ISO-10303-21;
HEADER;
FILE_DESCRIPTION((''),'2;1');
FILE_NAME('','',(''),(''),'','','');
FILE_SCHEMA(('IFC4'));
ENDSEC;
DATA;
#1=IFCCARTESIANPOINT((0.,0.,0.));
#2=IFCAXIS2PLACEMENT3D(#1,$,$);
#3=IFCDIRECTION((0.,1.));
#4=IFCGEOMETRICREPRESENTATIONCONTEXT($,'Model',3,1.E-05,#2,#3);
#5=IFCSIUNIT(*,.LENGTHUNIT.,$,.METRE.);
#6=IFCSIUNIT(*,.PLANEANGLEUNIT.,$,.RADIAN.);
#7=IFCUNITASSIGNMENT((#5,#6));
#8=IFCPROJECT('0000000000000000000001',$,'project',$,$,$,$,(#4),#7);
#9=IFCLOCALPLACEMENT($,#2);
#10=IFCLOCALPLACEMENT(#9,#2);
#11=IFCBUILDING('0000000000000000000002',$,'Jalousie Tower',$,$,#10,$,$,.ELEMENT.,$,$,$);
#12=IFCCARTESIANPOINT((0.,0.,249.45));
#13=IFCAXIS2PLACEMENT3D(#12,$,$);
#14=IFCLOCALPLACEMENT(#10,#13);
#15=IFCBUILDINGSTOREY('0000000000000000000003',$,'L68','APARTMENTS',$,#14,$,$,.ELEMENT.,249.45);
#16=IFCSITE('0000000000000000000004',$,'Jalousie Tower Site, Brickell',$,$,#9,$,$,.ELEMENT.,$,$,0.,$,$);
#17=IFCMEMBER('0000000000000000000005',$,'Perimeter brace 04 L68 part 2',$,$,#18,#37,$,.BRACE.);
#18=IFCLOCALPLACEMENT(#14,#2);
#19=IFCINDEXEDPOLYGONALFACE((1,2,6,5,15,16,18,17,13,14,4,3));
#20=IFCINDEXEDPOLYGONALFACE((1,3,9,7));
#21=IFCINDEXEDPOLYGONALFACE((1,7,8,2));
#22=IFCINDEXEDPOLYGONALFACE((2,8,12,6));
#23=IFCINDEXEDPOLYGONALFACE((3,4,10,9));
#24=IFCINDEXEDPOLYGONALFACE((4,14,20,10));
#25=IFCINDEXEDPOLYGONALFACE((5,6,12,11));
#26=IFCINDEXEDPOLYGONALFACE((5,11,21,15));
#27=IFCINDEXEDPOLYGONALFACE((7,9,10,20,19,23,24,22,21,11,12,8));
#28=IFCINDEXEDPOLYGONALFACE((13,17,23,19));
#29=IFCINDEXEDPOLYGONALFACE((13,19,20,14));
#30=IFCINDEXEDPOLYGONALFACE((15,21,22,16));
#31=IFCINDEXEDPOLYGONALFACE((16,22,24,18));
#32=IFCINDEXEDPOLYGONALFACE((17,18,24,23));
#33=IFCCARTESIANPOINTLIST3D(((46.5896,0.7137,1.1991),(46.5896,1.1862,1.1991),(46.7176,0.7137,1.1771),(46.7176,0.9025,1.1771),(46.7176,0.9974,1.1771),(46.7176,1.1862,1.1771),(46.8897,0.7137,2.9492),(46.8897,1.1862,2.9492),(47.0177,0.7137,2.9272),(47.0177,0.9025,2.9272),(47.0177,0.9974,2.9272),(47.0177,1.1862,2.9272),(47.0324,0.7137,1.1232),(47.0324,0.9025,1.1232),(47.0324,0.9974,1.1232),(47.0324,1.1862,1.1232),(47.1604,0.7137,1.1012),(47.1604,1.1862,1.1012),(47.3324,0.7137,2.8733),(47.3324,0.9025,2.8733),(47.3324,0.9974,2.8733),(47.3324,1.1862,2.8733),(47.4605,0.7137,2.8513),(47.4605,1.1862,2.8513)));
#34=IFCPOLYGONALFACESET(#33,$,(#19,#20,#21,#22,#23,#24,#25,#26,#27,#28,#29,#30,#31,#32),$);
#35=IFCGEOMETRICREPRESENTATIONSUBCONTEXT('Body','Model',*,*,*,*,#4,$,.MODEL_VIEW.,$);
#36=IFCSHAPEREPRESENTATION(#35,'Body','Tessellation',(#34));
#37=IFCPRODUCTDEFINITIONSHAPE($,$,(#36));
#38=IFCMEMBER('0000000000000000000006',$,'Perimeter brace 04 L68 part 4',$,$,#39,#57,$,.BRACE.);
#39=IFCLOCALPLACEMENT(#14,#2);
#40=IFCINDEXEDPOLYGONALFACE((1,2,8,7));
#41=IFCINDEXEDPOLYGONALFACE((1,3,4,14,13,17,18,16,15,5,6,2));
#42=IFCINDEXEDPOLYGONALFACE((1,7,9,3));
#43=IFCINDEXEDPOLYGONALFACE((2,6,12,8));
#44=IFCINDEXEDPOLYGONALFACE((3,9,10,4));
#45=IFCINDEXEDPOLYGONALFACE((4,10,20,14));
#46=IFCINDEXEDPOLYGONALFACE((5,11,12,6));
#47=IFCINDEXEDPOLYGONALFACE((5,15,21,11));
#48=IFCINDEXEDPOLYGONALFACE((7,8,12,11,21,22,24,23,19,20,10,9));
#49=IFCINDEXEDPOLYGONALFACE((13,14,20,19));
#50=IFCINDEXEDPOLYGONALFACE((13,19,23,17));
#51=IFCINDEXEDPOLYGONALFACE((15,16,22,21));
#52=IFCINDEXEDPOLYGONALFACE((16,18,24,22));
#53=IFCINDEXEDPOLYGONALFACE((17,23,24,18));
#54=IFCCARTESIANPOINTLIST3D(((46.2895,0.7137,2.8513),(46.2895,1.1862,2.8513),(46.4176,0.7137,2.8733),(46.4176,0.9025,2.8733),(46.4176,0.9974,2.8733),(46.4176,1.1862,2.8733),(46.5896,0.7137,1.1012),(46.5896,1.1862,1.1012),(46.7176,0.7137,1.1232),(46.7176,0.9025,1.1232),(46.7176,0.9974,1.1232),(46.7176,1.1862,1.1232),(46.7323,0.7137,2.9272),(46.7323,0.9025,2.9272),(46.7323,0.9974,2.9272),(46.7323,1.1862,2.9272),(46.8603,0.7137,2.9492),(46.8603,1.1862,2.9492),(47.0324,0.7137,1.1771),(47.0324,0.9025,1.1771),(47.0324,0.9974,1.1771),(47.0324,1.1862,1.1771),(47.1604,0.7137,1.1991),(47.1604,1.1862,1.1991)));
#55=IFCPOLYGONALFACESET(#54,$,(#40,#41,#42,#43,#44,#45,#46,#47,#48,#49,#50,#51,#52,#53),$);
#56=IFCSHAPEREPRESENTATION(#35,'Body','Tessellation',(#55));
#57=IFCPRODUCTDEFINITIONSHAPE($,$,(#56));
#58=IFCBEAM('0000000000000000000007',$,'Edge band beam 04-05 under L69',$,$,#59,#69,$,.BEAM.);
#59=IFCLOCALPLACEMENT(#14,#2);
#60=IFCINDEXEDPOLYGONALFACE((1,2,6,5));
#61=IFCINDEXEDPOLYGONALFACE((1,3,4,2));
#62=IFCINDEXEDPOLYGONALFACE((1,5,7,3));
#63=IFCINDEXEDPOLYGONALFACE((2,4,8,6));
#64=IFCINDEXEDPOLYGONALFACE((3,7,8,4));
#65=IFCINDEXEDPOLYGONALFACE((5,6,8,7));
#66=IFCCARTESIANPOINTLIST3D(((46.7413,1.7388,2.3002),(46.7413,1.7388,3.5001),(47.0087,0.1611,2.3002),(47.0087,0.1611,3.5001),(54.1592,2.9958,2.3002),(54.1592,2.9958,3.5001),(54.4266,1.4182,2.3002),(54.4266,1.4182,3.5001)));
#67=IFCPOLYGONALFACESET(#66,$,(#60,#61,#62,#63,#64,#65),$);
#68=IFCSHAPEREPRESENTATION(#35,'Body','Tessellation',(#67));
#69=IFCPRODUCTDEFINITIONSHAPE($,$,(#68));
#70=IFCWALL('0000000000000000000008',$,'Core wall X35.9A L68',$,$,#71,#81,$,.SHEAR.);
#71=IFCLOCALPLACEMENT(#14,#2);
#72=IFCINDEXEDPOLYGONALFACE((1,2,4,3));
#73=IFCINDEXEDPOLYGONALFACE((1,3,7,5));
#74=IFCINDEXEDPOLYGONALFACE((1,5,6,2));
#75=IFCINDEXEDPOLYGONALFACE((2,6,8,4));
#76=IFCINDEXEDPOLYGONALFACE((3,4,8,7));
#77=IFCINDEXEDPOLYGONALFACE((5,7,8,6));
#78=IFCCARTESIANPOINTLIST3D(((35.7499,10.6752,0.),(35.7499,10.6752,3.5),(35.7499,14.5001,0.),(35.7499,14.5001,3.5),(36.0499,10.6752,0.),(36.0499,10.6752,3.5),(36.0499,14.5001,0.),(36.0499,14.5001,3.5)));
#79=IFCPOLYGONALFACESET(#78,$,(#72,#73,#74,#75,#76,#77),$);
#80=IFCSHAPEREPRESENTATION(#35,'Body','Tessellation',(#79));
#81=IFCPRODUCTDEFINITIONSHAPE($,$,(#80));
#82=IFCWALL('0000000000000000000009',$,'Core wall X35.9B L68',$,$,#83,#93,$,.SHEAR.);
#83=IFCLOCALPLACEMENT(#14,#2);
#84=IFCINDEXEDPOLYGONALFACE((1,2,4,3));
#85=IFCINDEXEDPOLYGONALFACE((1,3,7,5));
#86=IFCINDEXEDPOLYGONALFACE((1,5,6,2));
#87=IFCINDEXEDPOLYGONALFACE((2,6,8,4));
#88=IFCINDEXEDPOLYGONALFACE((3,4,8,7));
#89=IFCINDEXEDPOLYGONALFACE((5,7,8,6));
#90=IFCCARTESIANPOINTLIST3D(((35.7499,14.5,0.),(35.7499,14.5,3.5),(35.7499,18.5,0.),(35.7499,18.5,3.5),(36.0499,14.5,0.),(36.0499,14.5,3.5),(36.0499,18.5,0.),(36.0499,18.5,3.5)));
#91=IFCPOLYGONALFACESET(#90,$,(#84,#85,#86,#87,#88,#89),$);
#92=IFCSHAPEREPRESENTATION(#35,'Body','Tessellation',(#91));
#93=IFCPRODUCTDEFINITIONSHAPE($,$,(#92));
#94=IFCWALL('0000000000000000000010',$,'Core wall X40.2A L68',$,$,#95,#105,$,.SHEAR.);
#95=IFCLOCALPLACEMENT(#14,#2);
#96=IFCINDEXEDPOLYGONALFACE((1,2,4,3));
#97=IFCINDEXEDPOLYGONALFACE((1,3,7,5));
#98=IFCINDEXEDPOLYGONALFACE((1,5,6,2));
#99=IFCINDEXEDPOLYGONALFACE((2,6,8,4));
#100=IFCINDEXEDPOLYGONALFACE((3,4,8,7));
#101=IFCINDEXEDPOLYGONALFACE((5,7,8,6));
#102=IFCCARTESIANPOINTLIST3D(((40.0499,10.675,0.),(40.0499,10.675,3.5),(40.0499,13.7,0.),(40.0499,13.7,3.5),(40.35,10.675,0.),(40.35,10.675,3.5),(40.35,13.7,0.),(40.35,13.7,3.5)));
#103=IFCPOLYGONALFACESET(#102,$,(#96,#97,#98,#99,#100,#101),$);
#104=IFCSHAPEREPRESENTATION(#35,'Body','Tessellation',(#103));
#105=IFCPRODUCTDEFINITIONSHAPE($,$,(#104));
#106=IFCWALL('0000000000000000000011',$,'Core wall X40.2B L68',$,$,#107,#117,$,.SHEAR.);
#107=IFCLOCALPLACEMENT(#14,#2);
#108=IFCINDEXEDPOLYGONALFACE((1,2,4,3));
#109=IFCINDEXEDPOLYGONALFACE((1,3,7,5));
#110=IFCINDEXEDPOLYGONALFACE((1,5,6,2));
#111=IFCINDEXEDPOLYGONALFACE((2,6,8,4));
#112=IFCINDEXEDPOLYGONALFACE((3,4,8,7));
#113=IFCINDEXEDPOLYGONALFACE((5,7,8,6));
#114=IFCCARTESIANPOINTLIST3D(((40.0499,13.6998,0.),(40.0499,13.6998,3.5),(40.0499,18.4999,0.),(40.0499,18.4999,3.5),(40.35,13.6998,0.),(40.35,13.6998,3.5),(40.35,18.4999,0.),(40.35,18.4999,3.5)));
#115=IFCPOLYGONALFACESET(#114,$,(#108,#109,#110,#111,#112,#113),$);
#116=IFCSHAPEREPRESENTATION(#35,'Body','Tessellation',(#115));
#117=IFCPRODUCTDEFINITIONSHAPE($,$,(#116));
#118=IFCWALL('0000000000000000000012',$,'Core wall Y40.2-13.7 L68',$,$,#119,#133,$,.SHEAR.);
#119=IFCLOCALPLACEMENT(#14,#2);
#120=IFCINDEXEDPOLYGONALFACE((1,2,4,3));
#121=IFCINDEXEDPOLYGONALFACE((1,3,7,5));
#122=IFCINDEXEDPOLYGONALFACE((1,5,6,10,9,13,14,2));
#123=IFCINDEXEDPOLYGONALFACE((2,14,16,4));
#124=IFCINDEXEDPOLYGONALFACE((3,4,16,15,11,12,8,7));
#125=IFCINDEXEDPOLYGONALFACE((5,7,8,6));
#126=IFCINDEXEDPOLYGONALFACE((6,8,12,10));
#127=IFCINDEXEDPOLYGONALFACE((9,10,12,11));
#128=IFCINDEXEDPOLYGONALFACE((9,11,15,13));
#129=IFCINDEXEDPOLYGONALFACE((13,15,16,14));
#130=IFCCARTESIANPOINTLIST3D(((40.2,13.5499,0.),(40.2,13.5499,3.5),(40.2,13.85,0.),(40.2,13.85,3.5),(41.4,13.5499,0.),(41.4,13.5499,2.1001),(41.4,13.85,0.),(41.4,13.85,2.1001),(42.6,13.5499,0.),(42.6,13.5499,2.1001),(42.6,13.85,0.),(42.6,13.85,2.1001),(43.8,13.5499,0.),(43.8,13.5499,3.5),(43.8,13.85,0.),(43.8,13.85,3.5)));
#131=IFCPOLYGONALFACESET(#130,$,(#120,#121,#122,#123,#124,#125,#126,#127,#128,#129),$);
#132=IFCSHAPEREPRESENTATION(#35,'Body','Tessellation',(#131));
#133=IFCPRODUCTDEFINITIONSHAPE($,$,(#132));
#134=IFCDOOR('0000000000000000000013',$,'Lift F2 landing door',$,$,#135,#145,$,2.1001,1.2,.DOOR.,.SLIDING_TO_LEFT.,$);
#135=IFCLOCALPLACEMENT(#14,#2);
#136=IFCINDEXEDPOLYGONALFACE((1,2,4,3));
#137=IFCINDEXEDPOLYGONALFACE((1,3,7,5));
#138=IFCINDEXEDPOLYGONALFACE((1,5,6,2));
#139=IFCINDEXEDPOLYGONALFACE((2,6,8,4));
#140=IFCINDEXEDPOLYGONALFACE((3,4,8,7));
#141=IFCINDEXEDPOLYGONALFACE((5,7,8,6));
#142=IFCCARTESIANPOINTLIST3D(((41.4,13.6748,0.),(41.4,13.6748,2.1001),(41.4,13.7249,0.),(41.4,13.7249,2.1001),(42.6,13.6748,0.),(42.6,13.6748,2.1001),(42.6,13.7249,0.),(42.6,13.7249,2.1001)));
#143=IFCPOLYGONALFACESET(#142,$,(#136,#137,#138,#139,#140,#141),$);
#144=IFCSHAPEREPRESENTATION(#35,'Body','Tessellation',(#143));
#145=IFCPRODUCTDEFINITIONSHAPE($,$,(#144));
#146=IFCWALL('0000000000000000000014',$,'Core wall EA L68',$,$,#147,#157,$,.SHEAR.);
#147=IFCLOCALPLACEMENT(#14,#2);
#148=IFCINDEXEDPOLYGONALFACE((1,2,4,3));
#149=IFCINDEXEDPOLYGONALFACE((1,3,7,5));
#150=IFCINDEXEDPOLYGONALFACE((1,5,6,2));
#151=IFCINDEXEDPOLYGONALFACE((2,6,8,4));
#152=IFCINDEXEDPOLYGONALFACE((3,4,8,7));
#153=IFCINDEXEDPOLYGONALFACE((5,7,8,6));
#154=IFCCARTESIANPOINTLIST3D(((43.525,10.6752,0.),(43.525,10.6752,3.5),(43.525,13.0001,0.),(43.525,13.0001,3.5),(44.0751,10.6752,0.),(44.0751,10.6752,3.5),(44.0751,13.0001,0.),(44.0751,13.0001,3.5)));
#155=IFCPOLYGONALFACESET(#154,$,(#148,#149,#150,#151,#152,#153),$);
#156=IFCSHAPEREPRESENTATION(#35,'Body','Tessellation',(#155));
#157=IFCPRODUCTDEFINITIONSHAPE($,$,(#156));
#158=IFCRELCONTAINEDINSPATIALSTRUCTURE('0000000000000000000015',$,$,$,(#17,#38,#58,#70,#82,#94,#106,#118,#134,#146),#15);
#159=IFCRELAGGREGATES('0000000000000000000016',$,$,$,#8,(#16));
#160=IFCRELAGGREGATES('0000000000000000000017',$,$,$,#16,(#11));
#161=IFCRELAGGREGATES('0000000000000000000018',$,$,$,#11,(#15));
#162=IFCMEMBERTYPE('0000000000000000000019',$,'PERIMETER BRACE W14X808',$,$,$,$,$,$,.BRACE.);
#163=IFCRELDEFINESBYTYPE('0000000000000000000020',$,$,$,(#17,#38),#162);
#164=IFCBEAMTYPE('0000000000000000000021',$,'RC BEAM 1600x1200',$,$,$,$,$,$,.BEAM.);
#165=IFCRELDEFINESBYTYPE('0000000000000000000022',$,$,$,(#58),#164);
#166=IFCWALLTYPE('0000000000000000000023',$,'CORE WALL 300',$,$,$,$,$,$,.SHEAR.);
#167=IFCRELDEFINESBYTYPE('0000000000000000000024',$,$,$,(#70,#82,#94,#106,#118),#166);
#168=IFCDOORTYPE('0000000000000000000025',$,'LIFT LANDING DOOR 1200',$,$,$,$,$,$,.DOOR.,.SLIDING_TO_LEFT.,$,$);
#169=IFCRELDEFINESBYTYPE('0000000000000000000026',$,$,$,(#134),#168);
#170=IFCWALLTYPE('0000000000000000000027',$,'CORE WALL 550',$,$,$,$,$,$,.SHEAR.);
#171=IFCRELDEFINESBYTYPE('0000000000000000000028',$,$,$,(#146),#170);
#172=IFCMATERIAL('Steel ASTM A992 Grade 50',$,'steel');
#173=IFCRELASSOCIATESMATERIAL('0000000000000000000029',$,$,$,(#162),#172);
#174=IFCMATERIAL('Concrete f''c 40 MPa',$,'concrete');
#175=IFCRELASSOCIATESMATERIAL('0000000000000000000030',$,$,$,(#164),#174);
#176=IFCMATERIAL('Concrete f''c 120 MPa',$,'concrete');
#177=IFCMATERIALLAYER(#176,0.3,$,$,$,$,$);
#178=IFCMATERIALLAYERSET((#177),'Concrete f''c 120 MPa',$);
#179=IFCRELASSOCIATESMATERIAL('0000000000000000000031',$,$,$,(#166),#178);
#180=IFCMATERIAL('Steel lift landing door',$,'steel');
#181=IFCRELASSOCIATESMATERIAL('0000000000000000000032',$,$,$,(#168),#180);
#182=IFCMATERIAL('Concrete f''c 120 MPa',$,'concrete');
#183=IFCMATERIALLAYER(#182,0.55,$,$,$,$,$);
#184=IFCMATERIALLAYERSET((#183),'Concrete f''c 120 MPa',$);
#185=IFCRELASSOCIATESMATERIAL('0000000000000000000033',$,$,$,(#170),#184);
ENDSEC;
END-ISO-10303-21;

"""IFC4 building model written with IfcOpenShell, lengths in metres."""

from ifc_helpers import new_model, si_unit, direction, frame, frame_2d, origin, origin_2d, place, context, subcontext, project, spatial, rectangle, i_section, extrude, material, layer, layer_set, material_profile, profile_set, type_object, element, fill, save


model = new_model("IFC4")

# Units and contexts
model_context = context("Model", 3, precision=1e-05, world=origin(), true_north=direction((0.0, 1.0)))
body_context = subcontext(model_context, "Body", "Model", "MODEL_VIEW")
ifc_project = project(units=[si_unit("LENGTHUNIT", "METRE"), si_unit("PLANEANGLEUNIT", "RADIAN")], contexts=[model_context])

# Site, building, storey
site_placement = place(None, origin())
site = spatial("IfcSite", under=ifc_project, at=site_placement, Name="Jalousie Tower Site, Brickell", CompositionType="ELEMENT", RefElevation=0.0)
building_placement = place(site_placement, origin())
building = spatial("IfcBuilding", under=site, at=building_placement, Name="Jalousie Tower", CompositionType="ELEMENT")
storey_placement = place(building_placement, frame((0.0, 0.0, 249.45)))
storey = spatial("IfcBuildingStorey", under=building, at=storey_placement, Name="L68", Description="APARTMENTS", CompositionType="ELEMENT", Elevation=249.45)

# Members
ifc_material_1 = material(Name="Steel ASTM A992 Grade 50", Category="steel")
ifc_material_profile_1 = material_profile(ifc_material_1, i_section(OverallWidth=0.4724, OverallDepth=0.5791, WebThickness=0.095, FlangeThickness=0.1299, at=origin_2d()), Name="W14X808")
ifc_profile_set_1 = profile_set([ifc_material_profile_1], Name="Steel ASTM A992 Grade 50")
member_type = type_object("IfcMemberType", Name="PERIMETER BRACE W14X808", PredefinedType="BRACE", material=ifc_profile_set_1)
for number, where, z_axis, x_axis, name in (
    (1, (46.875, 0.95, 1.1501), (0.168991, 0.0, 0.985618), (0.0, 1.0, 0.0), "Perimeter brace 04 L68 part 2"),
    (2, (46.875, 0.95, 1.1501), (-0.168991, 0.0, 0.985618), (0.0, -1.0, 0.0), "Perimeter brace 04 L68 part 4"),
):
    element("IfcMember", number, at=place(storey_placement, frame(where, z_axis=z_axis, x_axis=x_axis)), inside=storey, type_object=member_type, Name=name, PredefinedType="BRACE", context=body_context, shape_type="SweptSolid", body=[
        extrude(i_section(OverallWidth=0.4724, OverallDepth=0.5791, WebThickness=0.095, FlangeThickness=0.1299, at=origin_2d()), origin(), (0.0, 0.0, 1.0), 1.7756),
    ])

# Beam
ifc_material_2 = material(Name="Concrete f'c 40 MPa", Category="concrete")
ifc_material_profile_2 = material_profile(ifc_material_2, rectangle(XDim=1.6001, YDim=1.2, at=origin_2d()), Name="RC 1600x1200")
ifc_profile_set_2 = profile_set([ifc_material_profile_2], Name="Concrete f'c 40 MPa")
beam_type = type_object("IfcBeamType", Name="RC BEAM 1600x1200", PredefinedType="BEAM", material=ifc_profile_set_2)
beam_placement = place(storey_placement, frame((46.875, 0.95, 2.9001), z_axis=(0.985943, 0.167082, 0.0), x_axis=(-0.167082, 0.985943, 0.0)))
element("IfcBeam", 3, at=beam_placement, inside=storey, type_object=beam_type, Name="Edge band beam 04-05 under L69", PredefinedType="BEAM", context=body_context, shape_type="SweptSolid", body=[
    extrude(rectangle(XDim=1.6001, YDim=1.2, at=origin_2d()), origin(), (0.0, 0.0, 1.0), 7.5237),
])

# Walls
ifc_material_3 = material(Name="Concrete f'c 120 MPa", Category="concrete")
ifc_layer_1 = layer(ifc_material_3, 0.3)
ifc_layer_set_1 = layer_set([ifc_layer_1], Name="Concrete f'c 120 MPa")
wall_type_1 = type_object("IfcWallType", Name="CORE WALL 300", PredefinedType="SHEAR", material=ifc_layer_set_1)
wall_1_placement = place(storey_placement, frame((35.8999, 10.675, 0.0), z_axis=(0.0, 0.0, 1.0), x_axis=(0.0, 1.0, 0.0)))
element("IfcWall", 4, at=wall_1_placement, inside=storey, type_object=wall_type_1, Name="Core wall X35.9A L68", PredefinedType="SHEAR", context=body_context, shape_type="SweptSolid", body=[
    extrude(rectangle(XDim=3.825, YDim=0.3, at=frame_2d((1.9126, 0.0))), origin(), (0.0, 0.0, 1.0), 3.5),
])
wall_2_placement = place(storey_placement, frame((35.8999, 14.5, 0.0), z_axis=(0.0, 0.0, 1.0), x_axis=(0.0, 1.0, 0.0)))
element("IfcWall", 5, at=wall_2_placement, inside=storey, type_object=wall_type_1, Name="Core wall X35.9B L68", PredefinedType="SHEAR", context=body_context, shape_type="SweptSolid", body=[
    extrude(rectangle(XDim=4.0, YDim=0.3, at=frame_2d((2.0, 0.0))), origin(), (0.0, 0.0, 1.0), 3.5),
])
wall_3_placement = place(storey_placement, frame((40.2, 10.675, 0.0), z_axis=(0.0, 0.0, 1.0), x_axis=(0.0, 1.0, 0.0)))
element("IfcWall", 6, at=wall_3_placement, inside=storey, type_object=wall_type_1, Name="Core wall X40.2A L68", PredefinedType="SHEAR", context=body_context, shape_type="SweptSolid", body=[
    extrude(rectangle(XDim=3.0249, YDim=0.3, at=frame_2d((1.5125, 0.0))), origin(), (0.0, 0.0, 1.0), 3.5),
])
wall_4_placement = place(storey_placement, frame((40.2, 13.7, 0.0), z_axis=(0.0, 0.0, 1.0), x_axis=(0.0, 1.0, 0.0)))
element("IfcWall", 7, at=wall_4_placement, inside=storey, type_object=wall_type_1, Name="Core wall X40.2B L68", PredefinedType="SHEAR", context=body_context, shape_type="SweptSolid", body=[
    extrude(rectangle(XDim=4.8, YDim=0.3, at=frame_2d((2.3999, 0.0))), origin(), (0.0, 0.0, 1.0), 3.5),
])

# Wall, opening, door
wall_5_placement = place(storey_placement, frame((40.2, 13.7, 0.0), z_axis=(0.0, 0.0, 1.0), x_axis=(1.0, 0.0, 0.0)))
wall_5 = element("IfcWall", 8, at=wall_5_placement, inside=storey, type_object=wall_type_1, Name="Core wall Y40.2-13.7 L68", PredefinedType="SHEAR", context=body_context, shape_type="SweptSolid", body=[
    extrude(rectangle(XDim=3.6001, YDim=0.3, at=frame_2d((1.8, 0.0))), origin(), (0.0, 0.0, 1.0), 3.5),
])
opening_1_placement = place(wall_5_placement, frame((1.2, 0.0, 0.0)))
opening_1 = element("IfcOpeningElement", 9, at=opening_1_placement, cuts=wall_5, PredefinedType="OPENING", context=body_context, shape_type="SweptSolid", body=[
    extrude(rectangle(XDim=1.2, YDim=2.1001, at=frame_2d((0.6001, 1.05))), frame((0.0, 0.1599, 0.0), z_axis=(0.0, -1.0, 0.0), x_axis=(1.0, 0.0, 0.0)), (0.0, 0.0, 1.0), 0.3201),
])
ifc_material_4 = material(Name="Steel lift landing door", Category="steel")
door_type_1 = type_object("IfcDoorType", Name="LIFT LANDING DOOR 1200", OperationType="SLIDING_TO_LEFT", PredefinedType="DOOR", material=ifc_material_4)
door_1_placement = place(opening_1_placement, origin())
door_1 = element("IfcDoor", 10, at=door_1_placement, inside=storey, type_object=door_type_1, Name="Lift F2 landing door", OperationType="SLIDING_TO_LEFT", OverallHeight=2.1001, OverallWidth=1.2, PredefinedType="DOOR", context=body_context, shape_type="SweptSolid", body=[
    extrude(rectangle(XDim=1.2, YDim=2.1001, at=frame_2d((0.6001, 1.05))), frame((0.0, 0.0249, 0.0), z_axis=(0.0, -1.0, 0.0), x_axis=(1.0, 0.0, 0.0)), (0.0, 0.0, 1.0), 0.05),
])
fill(opening_1, door_1)

# Wall
ifc_material_5 = material(Name="Concrete f'c 120 MPa", Category="concrete")
ifc_layer_2 = layer(ifc_material_5, 0.55)
ifc_layer_set_2 = layer_set([ifc_layer_2], Name="Concrete f'c 120 MPa")
wall_type_2 = type_object("IfcWallType", Name="CORE WALL 550", PredefinedType="SHEAR", material=ifc_layer_set_2)
wall_6_placement = place(storey_placement, frame((43.8, 10.675, 0.0), z_axis=(0.0, 0.0, 1.0), x_axis=(0.0, 1.0, 0.0)))
element("IfcWall", 11, at=wall_6_placement, inside=storey, type_object=wall_type_2, Name="Core wall EA L68", PredefinedType="SHEAR", context=body_context, shape_type="SweptSolid", body=[
    extrude(rectangle(XDim=2.325, YDim=0.55, at=frame_2d((1.1626, 0.0))), origin(), (0.0, 0.0, 1.0), 3.5),
])

save(model, "model.ifc")
